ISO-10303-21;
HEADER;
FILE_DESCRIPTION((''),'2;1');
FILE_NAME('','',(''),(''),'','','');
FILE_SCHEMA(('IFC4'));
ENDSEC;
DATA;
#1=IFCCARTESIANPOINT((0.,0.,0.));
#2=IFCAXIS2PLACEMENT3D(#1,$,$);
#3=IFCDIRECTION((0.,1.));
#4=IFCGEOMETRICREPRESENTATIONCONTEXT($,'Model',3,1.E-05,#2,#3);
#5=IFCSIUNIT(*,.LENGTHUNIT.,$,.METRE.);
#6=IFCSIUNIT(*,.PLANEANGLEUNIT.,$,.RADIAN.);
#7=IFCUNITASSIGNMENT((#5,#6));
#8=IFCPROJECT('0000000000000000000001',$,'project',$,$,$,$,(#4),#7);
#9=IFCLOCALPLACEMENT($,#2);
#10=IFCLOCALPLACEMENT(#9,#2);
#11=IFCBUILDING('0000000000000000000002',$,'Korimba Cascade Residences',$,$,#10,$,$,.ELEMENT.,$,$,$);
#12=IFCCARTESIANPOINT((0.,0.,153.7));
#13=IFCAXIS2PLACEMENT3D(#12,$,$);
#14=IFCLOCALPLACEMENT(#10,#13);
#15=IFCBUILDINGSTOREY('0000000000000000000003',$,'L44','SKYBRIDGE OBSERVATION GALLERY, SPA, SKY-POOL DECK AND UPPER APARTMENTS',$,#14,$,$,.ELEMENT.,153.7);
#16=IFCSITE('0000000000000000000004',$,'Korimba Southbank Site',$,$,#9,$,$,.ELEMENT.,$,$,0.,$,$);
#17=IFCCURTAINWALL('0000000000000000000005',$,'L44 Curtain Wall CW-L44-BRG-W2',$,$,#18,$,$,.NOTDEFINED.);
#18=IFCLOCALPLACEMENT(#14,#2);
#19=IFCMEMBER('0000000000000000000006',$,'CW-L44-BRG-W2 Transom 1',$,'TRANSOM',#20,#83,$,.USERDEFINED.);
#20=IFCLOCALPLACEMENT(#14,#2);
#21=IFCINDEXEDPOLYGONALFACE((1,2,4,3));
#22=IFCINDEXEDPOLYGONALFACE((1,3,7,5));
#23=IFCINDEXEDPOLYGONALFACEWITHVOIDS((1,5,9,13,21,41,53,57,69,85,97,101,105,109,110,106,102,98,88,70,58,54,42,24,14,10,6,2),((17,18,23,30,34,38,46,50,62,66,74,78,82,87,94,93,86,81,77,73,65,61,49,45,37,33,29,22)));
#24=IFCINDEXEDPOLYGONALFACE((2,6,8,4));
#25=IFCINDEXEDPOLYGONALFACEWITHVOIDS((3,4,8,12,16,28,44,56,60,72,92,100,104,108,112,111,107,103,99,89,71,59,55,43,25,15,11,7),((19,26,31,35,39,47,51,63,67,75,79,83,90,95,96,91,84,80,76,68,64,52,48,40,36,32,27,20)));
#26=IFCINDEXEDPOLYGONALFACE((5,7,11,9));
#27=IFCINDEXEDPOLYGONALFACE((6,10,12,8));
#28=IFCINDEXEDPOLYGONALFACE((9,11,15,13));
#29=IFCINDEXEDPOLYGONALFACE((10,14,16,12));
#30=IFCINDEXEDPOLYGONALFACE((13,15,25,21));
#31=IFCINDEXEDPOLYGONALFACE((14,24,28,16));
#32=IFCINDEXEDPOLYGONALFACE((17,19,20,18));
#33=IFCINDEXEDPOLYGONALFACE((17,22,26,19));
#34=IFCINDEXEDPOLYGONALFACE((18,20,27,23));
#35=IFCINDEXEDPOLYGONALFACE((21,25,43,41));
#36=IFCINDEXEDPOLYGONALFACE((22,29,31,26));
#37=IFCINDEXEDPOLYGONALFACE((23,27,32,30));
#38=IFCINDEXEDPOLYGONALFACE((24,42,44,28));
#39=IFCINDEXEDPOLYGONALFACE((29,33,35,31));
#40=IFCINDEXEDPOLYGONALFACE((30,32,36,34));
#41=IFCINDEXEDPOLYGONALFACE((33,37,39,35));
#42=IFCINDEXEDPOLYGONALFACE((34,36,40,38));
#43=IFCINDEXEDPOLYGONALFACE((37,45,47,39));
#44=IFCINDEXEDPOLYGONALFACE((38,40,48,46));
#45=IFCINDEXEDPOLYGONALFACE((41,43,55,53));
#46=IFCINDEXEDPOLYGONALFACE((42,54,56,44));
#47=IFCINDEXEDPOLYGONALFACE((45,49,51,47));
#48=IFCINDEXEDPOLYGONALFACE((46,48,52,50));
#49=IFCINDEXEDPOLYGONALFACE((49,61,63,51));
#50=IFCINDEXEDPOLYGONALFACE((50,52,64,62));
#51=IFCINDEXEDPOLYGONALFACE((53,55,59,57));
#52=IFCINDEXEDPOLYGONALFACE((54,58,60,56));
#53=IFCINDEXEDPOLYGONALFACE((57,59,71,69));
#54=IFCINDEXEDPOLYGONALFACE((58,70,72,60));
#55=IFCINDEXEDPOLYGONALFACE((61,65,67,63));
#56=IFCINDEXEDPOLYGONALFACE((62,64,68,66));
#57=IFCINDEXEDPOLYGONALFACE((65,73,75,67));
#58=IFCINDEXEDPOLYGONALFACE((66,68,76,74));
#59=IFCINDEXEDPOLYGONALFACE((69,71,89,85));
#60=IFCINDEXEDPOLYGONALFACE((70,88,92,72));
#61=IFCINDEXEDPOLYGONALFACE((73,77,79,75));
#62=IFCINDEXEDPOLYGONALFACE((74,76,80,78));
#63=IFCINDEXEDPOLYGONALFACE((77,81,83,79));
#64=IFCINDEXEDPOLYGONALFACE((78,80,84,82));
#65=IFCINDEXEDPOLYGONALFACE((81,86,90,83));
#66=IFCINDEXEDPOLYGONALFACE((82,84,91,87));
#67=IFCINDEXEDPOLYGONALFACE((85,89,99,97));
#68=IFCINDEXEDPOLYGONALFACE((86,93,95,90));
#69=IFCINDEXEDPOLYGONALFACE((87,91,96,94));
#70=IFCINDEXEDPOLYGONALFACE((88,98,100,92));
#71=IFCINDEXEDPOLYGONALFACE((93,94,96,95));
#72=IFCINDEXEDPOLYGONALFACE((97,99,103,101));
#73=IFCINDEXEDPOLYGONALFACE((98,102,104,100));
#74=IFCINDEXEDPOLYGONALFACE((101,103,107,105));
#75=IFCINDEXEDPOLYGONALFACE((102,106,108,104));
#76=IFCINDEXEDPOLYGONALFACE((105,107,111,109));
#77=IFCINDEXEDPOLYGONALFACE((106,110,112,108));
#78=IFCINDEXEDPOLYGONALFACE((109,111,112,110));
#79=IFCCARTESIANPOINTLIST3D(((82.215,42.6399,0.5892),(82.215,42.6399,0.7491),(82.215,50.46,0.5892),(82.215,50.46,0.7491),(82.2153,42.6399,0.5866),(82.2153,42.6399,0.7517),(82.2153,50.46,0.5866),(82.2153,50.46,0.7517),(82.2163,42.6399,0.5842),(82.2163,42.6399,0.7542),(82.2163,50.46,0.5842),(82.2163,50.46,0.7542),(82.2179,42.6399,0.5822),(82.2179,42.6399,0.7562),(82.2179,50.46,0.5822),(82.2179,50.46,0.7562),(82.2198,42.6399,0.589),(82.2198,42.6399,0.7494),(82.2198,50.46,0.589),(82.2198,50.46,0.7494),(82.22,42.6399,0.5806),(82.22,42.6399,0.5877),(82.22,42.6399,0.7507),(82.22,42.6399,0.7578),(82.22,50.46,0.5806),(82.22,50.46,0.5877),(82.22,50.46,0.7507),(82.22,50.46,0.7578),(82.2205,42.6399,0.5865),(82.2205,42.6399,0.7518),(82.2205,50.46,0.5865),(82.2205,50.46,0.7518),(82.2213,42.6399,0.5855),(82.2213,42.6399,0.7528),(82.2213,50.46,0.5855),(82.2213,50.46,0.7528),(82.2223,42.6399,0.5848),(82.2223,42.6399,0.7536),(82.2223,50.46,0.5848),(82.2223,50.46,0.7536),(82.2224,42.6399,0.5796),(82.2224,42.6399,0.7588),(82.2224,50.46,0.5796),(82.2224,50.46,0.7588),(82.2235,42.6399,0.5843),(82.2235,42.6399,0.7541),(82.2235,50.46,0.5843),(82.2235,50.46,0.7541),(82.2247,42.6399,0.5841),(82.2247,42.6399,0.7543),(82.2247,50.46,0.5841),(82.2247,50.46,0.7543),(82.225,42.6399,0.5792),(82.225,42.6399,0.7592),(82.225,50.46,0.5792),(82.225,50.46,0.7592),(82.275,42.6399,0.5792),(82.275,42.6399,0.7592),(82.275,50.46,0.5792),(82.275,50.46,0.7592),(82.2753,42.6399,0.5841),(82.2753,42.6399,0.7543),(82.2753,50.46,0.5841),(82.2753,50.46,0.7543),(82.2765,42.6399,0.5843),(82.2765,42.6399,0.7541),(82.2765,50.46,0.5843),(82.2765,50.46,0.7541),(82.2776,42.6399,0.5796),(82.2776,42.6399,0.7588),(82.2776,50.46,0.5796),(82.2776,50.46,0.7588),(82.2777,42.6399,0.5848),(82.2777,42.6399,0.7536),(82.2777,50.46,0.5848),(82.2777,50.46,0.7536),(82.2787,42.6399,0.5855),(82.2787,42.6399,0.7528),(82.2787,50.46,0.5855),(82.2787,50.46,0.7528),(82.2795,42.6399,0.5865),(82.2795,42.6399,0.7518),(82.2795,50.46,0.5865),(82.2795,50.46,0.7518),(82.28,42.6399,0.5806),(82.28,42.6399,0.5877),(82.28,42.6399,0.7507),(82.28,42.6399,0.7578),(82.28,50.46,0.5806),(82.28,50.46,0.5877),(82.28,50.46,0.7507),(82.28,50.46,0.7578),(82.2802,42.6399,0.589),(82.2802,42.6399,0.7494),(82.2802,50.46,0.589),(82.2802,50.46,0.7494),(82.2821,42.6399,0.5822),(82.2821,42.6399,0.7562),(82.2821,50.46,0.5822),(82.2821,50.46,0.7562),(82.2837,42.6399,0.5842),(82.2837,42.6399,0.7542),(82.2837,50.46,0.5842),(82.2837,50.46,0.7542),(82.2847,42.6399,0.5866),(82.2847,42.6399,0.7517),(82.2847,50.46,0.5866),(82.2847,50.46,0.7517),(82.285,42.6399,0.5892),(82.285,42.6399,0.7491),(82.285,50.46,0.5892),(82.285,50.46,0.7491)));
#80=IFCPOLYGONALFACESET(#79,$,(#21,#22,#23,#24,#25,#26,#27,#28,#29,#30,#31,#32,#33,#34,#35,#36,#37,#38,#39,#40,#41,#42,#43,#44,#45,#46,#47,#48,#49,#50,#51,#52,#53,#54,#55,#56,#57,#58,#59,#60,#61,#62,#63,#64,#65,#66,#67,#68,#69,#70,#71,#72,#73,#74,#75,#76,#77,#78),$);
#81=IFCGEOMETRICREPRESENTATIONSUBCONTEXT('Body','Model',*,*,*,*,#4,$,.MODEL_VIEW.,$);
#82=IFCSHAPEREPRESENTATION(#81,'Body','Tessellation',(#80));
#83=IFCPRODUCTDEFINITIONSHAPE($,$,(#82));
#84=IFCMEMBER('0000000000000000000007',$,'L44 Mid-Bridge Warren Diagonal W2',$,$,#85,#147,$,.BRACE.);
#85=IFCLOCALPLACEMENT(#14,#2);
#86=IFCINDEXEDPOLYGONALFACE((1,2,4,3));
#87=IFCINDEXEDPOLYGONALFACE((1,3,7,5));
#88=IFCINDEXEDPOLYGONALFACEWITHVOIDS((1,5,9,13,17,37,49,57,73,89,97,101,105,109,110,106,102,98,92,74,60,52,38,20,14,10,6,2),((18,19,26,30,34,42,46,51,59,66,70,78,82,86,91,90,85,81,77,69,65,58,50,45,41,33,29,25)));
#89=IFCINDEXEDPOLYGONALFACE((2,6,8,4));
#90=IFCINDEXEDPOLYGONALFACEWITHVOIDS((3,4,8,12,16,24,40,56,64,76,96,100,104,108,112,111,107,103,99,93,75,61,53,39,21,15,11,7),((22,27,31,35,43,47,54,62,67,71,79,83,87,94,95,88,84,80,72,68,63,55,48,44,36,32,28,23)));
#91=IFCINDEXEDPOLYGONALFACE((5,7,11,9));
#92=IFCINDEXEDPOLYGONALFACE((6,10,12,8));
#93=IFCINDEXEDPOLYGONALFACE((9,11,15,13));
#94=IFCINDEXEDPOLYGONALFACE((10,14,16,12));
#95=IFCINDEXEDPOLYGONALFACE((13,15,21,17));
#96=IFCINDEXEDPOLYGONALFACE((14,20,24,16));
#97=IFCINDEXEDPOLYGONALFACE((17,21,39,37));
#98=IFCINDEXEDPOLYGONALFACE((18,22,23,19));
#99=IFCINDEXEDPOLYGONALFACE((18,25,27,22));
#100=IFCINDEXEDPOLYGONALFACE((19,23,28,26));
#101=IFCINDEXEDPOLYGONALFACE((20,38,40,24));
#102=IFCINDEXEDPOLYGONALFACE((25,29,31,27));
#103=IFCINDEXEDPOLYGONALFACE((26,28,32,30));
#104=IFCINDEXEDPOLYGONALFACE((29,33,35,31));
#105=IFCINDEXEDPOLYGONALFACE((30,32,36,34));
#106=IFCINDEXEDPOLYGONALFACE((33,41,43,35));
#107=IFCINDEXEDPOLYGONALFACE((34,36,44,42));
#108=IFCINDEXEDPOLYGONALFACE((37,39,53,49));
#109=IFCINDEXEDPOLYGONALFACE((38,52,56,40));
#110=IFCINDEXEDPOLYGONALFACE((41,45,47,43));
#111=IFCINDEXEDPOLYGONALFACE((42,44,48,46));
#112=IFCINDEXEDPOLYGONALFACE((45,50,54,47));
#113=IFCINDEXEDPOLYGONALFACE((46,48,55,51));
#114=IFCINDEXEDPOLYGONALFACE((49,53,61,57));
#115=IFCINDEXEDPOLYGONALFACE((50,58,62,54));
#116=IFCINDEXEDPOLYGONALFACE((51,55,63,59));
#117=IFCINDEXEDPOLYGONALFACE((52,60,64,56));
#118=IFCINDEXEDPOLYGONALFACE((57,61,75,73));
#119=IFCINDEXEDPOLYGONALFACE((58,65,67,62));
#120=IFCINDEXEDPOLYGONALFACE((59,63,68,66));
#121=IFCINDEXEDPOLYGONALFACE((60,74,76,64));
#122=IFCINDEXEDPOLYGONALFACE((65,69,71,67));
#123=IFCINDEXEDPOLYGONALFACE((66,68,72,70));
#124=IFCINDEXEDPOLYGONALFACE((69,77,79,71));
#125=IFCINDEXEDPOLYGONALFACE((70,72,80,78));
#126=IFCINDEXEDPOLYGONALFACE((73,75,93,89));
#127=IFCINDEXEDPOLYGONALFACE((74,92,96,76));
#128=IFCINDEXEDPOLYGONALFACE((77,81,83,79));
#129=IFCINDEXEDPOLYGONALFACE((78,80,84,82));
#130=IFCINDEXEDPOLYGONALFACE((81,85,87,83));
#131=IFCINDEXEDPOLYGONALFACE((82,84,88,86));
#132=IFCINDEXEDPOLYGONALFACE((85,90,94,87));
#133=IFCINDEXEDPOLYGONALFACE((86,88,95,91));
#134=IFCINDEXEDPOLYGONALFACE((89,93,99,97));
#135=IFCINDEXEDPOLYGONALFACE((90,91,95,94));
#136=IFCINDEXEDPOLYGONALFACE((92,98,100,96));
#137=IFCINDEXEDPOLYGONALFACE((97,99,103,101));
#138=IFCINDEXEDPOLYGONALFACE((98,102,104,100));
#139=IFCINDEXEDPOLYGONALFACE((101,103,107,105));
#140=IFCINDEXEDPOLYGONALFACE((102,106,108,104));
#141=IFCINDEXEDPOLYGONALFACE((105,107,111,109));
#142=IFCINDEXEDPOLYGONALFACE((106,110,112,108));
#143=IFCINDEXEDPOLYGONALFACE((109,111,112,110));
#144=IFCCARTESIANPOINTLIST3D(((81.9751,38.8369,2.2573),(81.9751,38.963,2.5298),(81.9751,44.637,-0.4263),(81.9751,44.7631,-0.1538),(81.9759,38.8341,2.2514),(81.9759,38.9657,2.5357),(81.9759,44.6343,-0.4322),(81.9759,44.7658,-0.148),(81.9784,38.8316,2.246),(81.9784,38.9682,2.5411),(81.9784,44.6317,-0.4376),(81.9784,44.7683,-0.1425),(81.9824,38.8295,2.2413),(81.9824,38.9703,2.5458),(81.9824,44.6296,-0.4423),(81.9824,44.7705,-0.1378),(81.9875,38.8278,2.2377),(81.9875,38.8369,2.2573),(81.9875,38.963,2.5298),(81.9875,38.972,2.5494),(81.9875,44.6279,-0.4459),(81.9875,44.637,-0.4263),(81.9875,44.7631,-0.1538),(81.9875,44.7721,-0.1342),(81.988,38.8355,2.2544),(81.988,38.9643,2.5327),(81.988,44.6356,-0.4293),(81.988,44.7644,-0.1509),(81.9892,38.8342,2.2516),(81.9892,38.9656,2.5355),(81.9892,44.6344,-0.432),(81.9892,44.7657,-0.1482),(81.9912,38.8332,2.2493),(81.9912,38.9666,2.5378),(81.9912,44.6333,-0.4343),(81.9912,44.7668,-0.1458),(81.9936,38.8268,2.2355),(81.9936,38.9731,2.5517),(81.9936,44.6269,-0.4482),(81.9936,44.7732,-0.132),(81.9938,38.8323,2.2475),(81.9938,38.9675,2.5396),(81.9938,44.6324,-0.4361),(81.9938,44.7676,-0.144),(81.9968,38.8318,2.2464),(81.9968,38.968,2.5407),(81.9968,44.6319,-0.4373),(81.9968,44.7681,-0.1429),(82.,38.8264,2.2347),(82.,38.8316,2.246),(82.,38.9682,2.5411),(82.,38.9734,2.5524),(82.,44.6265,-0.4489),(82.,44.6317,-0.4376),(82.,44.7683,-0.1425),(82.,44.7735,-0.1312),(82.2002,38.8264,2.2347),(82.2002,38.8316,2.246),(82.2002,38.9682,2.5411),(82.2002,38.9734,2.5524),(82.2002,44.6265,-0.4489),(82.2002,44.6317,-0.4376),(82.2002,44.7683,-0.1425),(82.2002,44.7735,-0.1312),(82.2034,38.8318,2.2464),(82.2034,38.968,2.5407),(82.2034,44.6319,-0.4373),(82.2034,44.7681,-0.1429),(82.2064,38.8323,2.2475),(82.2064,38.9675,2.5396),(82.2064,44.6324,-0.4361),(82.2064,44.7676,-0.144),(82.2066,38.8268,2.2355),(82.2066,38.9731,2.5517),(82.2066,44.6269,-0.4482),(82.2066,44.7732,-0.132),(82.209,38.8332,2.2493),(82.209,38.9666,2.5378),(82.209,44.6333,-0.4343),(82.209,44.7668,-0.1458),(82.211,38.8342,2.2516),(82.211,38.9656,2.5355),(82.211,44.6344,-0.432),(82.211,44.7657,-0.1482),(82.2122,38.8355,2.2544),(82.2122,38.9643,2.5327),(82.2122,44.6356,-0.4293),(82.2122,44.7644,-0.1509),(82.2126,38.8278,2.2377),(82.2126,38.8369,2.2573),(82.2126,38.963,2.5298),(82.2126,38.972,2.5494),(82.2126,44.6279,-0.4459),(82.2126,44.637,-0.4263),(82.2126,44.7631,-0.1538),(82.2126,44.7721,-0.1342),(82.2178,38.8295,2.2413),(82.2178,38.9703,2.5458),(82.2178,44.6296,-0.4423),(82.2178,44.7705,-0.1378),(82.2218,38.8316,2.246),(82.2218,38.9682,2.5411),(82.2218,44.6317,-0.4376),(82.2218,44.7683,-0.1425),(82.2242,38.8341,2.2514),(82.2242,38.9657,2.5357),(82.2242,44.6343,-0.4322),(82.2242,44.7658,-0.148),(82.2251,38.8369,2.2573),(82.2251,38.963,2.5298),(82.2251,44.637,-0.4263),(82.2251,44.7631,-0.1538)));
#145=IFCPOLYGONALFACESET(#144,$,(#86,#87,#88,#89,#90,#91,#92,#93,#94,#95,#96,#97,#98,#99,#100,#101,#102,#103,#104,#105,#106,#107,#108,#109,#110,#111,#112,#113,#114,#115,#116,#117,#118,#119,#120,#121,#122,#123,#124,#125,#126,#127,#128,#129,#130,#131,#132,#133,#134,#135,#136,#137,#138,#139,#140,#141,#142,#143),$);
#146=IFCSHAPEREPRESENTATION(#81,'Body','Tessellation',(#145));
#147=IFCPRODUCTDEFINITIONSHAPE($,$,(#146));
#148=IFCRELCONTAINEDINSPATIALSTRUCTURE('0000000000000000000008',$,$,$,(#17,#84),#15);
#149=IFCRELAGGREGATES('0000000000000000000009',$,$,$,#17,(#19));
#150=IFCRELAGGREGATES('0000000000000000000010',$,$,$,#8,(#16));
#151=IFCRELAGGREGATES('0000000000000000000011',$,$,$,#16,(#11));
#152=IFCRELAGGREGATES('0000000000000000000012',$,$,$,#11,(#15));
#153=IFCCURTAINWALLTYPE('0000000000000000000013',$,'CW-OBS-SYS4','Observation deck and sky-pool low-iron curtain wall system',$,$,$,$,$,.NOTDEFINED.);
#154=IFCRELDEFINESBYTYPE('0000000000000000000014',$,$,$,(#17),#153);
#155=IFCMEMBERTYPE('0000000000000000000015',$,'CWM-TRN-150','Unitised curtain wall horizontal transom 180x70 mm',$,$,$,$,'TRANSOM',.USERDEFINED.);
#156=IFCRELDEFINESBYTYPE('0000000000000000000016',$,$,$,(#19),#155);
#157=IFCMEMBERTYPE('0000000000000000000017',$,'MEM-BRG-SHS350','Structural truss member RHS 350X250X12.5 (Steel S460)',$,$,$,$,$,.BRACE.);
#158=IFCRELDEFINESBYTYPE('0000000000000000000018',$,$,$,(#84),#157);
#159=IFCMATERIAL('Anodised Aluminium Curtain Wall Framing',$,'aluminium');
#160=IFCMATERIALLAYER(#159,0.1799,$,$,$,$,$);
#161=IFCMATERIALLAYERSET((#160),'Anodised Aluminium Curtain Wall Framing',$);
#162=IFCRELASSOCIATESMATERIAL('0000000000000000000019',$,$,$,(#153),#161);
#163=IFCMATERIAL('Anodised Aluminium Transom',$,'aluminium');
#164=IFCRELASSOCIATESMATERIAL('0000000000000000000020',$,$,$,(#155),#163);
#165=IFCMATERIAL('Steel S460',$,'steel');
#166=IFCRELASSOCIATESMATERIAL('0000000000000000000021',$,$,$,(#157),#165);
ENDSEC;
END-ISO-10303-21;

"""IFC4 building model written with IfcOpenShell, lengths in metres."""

from ifc_helpers import new_model, si_unit, direction, frame, origin, origin_2d, place, context, subcontext, project, spatial, hollow_rectangle, extrude, material, layer, layer_set, material_profile, profile_set, type_object, element, aggregate, save


model = new_model("IFC4")

# Units and contexts
model_context = context("Model", 3, precision=1e-05, world=origin(), true_north=direction((0.0, 1.0)))
body_context = subcontext(model_context, "Body", "Model", "MODEL_VIEW")
ifc_project = project(units=[si_unit("LENGTHUNIT", "METRE"), si_unit("PLANEANGLEUNIT", "RADIAN")], contexts=[model_context])

# Site, building, storey
site_placement = place(None, origin())
site = spatial("IfcSite", under=ifc_project, at=site_placement, Name="Korimba Southbank Site", CompositionType="ELEMENT", RefElevation=0.0)
building_placement = place(site_placement, origin())
building = spatial("IfcBuilding", under=site, at=building_placement, Name="Korimba Cascade Residences", CompositionType="ELEMENT")
storey_placement = place(building_placement, frame((0.0, 0.0, 153.7)))
storey = spatial("IfcBuildingStorey", under=building, at=storey_placement, Name="L44", Description="SKYBRIDGE OBSERVATION GALLERY, SPA, SKY-POOL DECK AND UPPER APARTMENTS", CompositionType="ELEMENT", Elevation=153.7)

# Curtain wall
ifc_material_1 = material(Name="Anodised Aluminium Curtain Wall Framing", Category="aluminium")
ifc_layer_1 = layer(ifc_material_1, 0.1799)
ifc_layer_set_1 = layer_set([ifc_layer_1], Name="Anodised Aluminium Curtain Wall Framing")
curtain_wall_type = type_object("IfcCurtainWallType", Name="CW-OBS-SYS4", Description="Observation deck and sky-pool low-iron curtain wall system", PredefinedType="NOTDEFINED", material=ifc_layer_set_1)
curtain_wall_1_placement = place(storey_placement, origin())
curtain_wall_1 = element("IfcCurtainWall", 1, at=curtain_wall_1_placement, inside=storey, type_object=curtain_wall_type, Name="L44 Curtain Wall CW-L44-BRG-W2", PredefinedType="NOTDEFINED")

# Member
ifc_material_2 = material(Name="Anodised Aluminium Transom", Category="aluminium")
ifc_material_profile_1 = material_profile(ifc_material_2, hollow_rectangle(XDim=0.0701, YDim=0.1799, WallThickness=0.0049, InnerFilletRadius=0.0049, OuterFilletRadius=0.01, at=origin_2d()), Name="Anodised Aluminium Transom")
ifc_profile_set_1 = profile_set([ifc_material_profile_1], Name="Anodised Aluminium Transom")
member_type_1 = type_object("IfcMemberType", Name="CWM-TRN-150", Description="Unitised curtain wall horizontal transom 180x70 mm", ElementType="TRANSOM", PredefinedType="USERDEFINED", material=ifc_profile_set_1)
member_1_placement = place(storey_placement, frame((82.25, 42.6399, 0.6692), z_axis=(0.0, 1.0, 0.0), x_axis=(-1.0, 0.0, 0.0)))
member_1 = element("IfcMember", 2, at=member_1_placement, type_object=member_type_1, Name="CW-L44-BRG-W2 Transom 1", ObjectType="TRANSOM", PredefinedType="USERDEFINED", context=body_context, shape_type="SweptSolid", body=[
    extrude(hollow_rectangle(XDim=0.0701, YDim=0.1799, WallThickness=0.0049, InnerFilletRadius=0.0049, OuterFilletRadius=0.01, at=origin_2d()), origin(), (0.0, 0.0, 1.0), 7.8201),
])
aggregate(curtain_wall_1, [member_1])

# Member
ifc_material_3 = material(Name="Steel S460", Category="steel")
ifc_material_profile_2 = material_profile(ifc_material_3, hollow_rectangle(XDim=0.25, YDim=0.3501, WallThickness=0.0125, InnerFilletRadius=0.0125, OuterFilletRadius=0.0249, at=origin_2d()), Name="Steel S460")
ifc_profile_set_2 = profile_set([ifc_material_profile_2], Name="Steel S460")
member_type_2 = type_object("IfcMemberType", Name="MEM-BRG-SHS350", Description="Structural truss member RHS 350X250X12.5 (Steel S460)", PredefinedType="BRACE", material=ifc_profile_set_2)
member_2_placement = place(storey_placement, frame((82.1001, 38.8999, 2.3936), z_axis=(0.0, 0.907563, -0.419916), x_axis=(-1.0, 0.0, 0.0)))
element("IfcMember", 3, at=member_2_placement, inside=storey, type_object=member_type_2, Name="L44 Mid-Bridge Warren Diagonal W2", PredefinedType="BRACE", context=body_context, shape_type="SweptSolid", body=[
    extrude(hollow_rectangle(XDim=0.25, YDim=0.3501, WallThickness=0.0125, InnerFilletRadius=0.0125, OuterFilletRadius=0.0249, at=origin_2d()), origin(), (0.0, 0.0, 1.0), 6.3909),
])

save(model, "model.ifc")
